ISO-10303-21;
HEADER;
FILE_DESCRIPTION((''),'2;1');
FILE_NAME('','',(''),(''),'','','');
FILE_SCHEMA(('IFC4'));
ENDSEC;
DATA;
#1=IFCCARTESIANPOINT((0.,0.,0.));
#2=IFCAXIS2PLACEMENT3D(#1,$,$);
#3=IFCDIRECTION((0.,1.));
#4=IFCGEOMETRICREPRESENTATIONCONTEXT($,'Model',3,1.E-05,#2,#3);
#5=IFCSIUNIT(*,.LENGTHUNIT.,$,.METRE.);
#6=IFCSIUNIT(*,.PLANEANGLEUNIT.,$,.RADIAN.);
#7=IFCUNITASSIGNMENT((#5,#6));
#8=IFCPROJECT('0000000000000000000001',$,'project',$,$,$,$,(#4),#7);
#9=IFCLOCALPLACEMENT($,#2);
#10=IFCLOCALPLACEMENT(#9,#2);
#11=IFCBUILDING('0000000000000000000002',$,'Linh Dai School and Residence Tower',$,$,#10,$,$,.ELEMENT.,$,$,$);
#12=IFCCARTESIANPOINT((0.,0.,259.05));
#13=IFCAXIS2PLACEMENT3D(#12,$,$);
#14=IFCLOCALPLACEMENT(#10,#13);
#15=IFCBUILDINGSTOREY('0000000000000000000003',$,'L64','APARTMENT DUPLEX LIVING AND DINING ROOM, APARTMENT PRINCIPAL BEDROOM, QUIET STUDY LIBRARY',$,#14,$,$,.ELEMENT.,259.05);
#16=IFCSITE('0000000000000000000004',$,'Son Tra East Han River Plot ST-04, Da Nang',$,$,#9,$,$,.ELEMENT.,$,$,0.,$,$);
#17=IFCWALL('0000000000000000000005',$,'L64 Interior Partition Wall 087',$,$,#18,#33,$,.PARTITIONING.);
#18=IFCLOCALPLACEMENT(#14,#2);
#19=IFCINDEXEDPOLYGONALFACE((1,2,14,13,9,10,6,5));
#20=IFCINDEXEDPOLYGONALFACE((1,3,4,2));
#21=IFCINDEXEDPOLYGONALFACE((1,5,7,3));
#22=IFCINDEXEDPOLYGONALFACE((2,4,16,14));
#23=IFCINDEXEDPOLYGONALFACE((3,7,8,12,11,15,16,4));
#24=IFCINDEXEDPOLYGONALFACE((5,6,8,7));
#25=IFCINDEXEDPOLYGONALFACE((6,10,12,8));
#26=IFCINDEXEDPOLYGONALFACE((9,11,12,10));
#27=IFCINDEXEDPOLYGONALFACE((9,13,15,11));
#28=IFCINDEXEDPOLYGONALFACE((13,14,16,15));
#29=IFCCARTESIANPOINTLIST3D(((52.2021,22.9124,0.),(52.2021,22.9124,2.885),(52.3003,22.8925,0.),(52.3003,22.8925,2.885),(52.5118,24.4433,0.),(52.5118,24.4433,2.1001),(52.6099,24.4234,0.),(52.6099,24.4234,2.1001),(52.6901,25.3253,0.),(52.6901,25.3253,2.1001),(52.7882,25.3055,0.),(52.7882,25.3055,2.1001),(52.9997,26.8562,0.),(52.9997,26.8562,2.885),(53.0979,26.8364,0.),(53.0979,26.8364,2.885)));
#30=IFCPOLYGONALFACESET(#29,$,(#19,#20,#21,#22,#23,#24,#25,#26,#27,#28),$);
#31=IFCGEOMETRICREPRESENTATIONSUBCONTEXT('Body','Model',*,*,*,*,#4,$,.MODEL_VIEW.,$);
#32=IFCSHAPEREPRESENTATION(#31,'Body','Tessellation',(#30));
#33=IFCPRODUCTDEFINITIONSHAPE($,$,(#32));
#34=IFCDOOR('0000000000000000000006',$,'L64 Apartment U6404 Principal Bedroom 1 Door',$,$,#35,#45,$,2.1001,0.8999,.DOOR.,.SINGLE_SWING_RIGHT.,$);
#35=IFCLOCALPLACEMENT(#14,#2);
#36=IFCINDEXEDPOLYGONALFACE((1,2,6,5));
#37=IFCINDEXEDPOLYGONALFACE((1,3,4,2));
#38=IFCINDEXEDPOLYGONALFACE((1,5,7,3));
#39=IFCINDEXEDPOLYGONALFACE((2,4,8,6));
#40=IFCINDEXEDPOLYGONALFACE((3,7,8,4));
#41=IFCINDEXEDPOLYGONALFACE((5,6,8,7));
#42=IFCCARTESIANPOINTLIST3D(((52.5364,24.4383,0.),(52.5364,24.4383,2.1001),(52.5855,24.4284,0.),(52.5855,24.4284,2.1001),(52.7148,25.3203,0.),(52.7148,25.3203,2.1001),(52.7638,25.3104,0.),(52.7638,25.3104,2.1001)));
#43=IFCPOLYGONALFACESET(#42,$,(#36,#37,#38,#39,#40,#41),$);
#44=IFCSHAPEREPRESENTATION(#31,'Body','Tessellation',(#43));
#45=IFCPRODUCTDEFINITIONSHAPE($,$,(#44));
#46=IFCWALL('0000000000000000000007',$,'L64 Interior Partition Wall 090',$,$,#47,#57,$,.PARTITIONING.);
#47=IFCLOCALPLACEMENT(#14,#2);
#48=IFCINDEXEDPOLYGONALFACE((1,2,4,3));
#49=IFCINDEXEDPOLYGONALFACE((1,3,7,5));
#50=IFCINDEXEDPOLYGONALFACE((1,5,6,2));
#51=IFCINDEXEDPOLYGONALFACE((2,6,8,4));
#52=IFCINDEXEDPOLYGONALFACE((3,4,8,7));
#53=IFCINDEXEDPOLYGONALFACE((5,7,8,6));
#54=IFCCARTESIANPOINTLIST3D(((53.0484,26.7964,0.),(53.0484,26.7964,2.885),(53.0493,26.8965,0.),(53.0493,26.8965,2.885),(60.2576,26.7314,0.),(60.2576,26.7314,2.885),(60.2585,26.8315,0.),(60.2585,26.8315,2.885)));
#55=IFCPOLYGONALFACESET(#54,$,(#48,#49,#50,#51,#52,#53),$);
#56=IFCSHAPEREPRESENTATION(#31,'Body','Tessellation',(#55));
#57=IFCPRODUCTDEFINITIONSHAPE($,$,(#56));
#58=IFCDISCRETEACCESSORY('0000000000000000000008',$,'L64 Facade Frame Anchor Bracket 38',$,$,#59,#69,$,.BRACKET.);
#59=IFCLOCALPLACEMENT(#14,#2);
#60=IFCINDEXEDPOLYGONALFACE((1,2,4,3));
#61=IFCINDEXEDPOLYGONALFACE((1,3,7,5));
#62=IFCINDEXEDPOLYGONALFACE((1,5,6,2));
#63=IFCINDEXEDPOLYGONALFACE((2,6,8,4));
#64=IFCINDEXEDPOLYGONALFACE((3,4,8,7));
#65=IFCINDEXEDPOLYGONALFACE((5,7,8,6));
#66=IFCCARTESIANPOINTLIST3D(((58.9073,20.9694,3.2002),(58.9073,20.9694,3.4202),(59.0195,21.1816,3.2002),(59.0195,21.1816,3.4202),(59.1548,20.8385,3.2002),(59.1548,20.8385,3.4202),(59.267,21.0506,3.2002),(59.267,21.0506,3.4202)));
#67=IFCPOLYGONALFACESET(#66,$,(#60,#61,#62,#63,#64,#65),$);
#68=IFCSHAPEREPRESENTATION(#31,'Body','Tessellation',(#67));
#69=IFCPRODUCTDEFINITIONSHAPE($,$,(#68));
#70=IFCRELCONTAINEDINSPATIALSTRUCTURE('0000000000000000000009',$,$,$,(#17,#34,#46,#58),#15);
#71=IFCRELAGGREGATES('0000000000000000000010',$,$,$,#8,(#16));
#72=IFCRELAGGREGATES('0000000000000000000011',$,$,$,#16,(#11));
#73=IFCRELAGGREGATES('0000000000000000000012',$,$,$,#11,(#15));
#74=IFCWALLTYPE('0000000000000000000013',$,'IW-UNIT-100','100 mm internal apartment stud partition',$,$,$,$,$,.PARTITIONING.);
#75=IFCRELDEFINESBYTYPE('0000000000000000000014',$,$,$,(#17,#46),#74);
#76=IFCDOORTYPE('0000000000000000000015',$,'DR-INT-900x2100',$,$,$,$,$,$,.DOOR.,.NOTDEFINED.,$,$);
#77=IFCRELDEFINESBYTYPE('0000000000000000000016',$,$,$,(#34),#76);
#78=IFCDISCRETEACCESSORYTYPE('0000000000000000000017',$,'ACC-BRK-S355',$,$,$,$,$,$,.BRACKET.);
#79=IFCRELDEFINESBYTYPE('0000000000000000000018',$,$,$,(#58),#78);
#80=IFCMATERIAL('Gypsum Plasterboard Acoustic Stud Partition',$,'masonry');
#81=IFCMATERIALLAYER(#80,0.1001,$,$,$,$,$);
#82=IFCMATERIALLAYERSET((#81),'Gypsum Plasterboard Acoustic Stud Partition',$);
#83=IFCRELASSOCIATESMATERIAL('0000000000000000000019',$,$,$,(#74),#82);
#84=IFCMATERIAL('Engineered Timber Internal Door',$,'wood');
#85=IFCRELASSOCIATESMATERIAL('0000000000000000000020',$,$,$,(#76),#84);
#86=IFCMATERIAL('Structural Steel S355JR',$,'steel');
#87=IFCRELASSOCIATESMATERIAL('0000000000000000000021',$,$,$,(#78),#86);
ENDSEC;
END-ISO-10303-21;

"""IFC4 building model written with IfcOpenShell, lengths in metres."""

from ifc_helpers import new_model, si_unit, direction, frame, frame_2d, origin, origin_2d, place, context, subcontext, project, spatial, rectangle, extrude, source, transform, mapped, material, layer, layer_set, type_object, element, fill, save


model = new_model("IFC4")

# Units and contexts
model_context = context("Model", 3, precision=1e-05, world=origin(), true_north=direction((0.0, 1.0)))
body_context = subcontext(model_context, "Body", "Model", "MODEL_VIEW")
ifc_project = project(units=[si_unit("LENGTHUNIT", "METRE"), si_unit("PLANEANGLEUNIT", "RADIAN")], contexts=[model_context])

# Site, building, storey
site_placement = place(None, origin())
site = spatial("IfcSite", under=ifc_project, at=site_placement, Name="Son Tra East Han River Plot ST-04, Da Nang", CompositionType="ELEMENT", RefElevation=0.0)
building_placement = place(site_placement, origin())
building = spatial("IfcBuilding", under=site, at=building_placement, Name="Linh Dai School and Residence Tower", CompositionType="ELEMENT")
storey_placement = place(building_placement, frame((0.0, 0.0, 259.05)))
storey = spatial("IfcBuildingStorey", under=building, at=storey_placement, Name="L64", Description="APARTMENT DUPLEX LIVING AND DINING ROOM, APARTMENT PRINCIPAL BEDROOM, QUIET STUDY LIBRARY", CompositionType="ELEMENT", Elevation=259.05)

# Shared definitions
ifc_material_1 = material(Name="Structural Steel S355JR", Category="steel")

# Wall, opening, door
ifc_material_2 = material(Name="Gypsum Plasterboard Acoustic Stud Partition", Category="masonry")
ifc_layer_1 = layer(ifc_material_2, 0.1001)
ifc_layer_set_1 = layer_set([ifc_layer_1], Name="Gypsum Plasterboard Acoustic Stud Partition")
wall_type_1 = type_object("IfcWallType", Name="IW-UNIT-100", Description="100 mm internal apartment stud partition", PredefinedType="PARTITIONING", material=ifc_layer_set_1)
ifc_material_3 = material(Name="Engineered Timber Internal Door", Category="wood")
door_type_1 = type_object("IfcDoorType", Name="DR-INT-900x2100", OperationType="NOTDEFINED", PredefinedType="DOOR", material=ifc_material_3)
shared_shape_1 = source(origin(), body_context, "Body", "SweptSolid", [
    extrude(rectangle(XDim=0.8999, YDim=2.1001, at=origin_2d()), frame((0.45, 0.0249, 1.05), z_axis=(0.0, -1.0, 0.0), x_axis=(1.0, 0.0, 0.0)), (0.0, 0.0, 1.0), 0.05),
])
wall_1_placement = place(storey_placement, frame((52.2512, 22.9026, 0.0), z_axis=(0.0, 0.0, 1.0), x_axis=(0.198228, 0.980156, 0.0)))
wall_1 = element("IfcWall", 1, at=wall_1_placement, inside=storey, type_object=wall_type_1, Name="L64 Interior Partition Wall 087", PredefinedType="PARTITIONING", context=body_context, shape_type="SweptSolid", body=[
    extrude(rectangle(XDim=4.0237, YDim=0.1001, at=frame_2d((2.0117, 0.0))), origin(), (0.0, 0.0, 1.0), 2.885),
])
opening_1_placement = place(wall_1_placement, frame((1.5618, 0.0, 0.0)))
opening_1 = element("IfcOpeningElement", 2, at=opening_1_placement, cuts=wall_1, PredefinedType="OPENING", context=body_context, shape_type="SweptSolid", body=[
    extrude(rectangle(XDim=0.8999, YDim=2.1001, at=origin_2d()), frame((0.45, 0.0601, 1.05), z_axis=(0.0, -1.0, 0.0), x_axis=(1.0, 0.0, 0.0)), (0.0, 0.0, 1.0), 0.1201),
])
door_1_placement = place(opening_1_placement, origin())
door_1 = element("IfcDoor", 3, at=door_1_placement, inside=storey, type_object=door_type_1, Name="L64 Apartment U6404 Principal Bedroom 1 Door", OperationType="SINGLE_SWING_RIGHT", OverallHeight=2.1001, OverallWidth=0.8999, PredefinedType="DOOR", context=body_context, shape_type="MappedRepresentation", body=[
    mapped(shared_shape_1, transform((0.0, 0.0, 0.0), x_axis=(1.0, 0.0, 0.0), y_axis=(0.0, 1.0, 0.0), z_axis=(0.0, 0.0, 1.0), scale=1.0)),
])
fill(opening_1, door_1)

# Wall
wall_2_placement = place(storey_placement, frame((53.0488, 26.8464, 0.0), z_axis=(0.0, 0.0, 1.0), x_axis=(0.999959, -0.009008, 0.0)))
element("IfcWall", 4, at=wall_2_placement, inside=storey, type_object=wall_type_1, Name="L64 Interior Partition Wall 090", PredefinedType="PARTITIONING", context=body_context, shape_type="SweptSolid", body=[
    extrude(rectangle(XDim=7.2095, YDim=0.1001, at=frame_2d((3.6047, 0.0))), origin(), (0.0, 0.0, 1.0), 2.885),
])

# Discrete accessory
discrete_accessory_type = type_object("IfcDiscreteAccessoryType", Name="ACC-BRK-S355", PredefinedType="BRACKET", material=ifc_material_1)
shared_shape_2 = source(origin(), body_context, "Body", "SweptSolid", [
    extrude(rectangle(XDim=0.28, YDim=0.24, at=origin_2d()), origin(), (0.0, 0.0, 1.0), 0.22),
])
discrete_accessory_placement = place(storey_placement, frame((59.0872, 21.01, 3.2002), z_axis=(0.0, 0.0, 1.0), x_axis=(0.883929, -0.467621, 0.0)))
element("IfcDiscreteAccessory", 5, at=discrete_accessory_placement, inside=storey, type_object=discrete_accessory_type, Name="L64 Facade Frame Anchor Bracket 38", PredefinedType="BRACKET", context=body_context, shape_type="MappedRepresentation", body=[
    mapped(shared_shape_2, transform((0.0, 0.0, 0.0), x_axis=(1.0, 0.0, 0.0), y_axis=(0.0, 1.0, 0.0), z_axis=(0.0, 0.0, 1.0), scale=1.0)),
])

save(model, "model.ifc")
